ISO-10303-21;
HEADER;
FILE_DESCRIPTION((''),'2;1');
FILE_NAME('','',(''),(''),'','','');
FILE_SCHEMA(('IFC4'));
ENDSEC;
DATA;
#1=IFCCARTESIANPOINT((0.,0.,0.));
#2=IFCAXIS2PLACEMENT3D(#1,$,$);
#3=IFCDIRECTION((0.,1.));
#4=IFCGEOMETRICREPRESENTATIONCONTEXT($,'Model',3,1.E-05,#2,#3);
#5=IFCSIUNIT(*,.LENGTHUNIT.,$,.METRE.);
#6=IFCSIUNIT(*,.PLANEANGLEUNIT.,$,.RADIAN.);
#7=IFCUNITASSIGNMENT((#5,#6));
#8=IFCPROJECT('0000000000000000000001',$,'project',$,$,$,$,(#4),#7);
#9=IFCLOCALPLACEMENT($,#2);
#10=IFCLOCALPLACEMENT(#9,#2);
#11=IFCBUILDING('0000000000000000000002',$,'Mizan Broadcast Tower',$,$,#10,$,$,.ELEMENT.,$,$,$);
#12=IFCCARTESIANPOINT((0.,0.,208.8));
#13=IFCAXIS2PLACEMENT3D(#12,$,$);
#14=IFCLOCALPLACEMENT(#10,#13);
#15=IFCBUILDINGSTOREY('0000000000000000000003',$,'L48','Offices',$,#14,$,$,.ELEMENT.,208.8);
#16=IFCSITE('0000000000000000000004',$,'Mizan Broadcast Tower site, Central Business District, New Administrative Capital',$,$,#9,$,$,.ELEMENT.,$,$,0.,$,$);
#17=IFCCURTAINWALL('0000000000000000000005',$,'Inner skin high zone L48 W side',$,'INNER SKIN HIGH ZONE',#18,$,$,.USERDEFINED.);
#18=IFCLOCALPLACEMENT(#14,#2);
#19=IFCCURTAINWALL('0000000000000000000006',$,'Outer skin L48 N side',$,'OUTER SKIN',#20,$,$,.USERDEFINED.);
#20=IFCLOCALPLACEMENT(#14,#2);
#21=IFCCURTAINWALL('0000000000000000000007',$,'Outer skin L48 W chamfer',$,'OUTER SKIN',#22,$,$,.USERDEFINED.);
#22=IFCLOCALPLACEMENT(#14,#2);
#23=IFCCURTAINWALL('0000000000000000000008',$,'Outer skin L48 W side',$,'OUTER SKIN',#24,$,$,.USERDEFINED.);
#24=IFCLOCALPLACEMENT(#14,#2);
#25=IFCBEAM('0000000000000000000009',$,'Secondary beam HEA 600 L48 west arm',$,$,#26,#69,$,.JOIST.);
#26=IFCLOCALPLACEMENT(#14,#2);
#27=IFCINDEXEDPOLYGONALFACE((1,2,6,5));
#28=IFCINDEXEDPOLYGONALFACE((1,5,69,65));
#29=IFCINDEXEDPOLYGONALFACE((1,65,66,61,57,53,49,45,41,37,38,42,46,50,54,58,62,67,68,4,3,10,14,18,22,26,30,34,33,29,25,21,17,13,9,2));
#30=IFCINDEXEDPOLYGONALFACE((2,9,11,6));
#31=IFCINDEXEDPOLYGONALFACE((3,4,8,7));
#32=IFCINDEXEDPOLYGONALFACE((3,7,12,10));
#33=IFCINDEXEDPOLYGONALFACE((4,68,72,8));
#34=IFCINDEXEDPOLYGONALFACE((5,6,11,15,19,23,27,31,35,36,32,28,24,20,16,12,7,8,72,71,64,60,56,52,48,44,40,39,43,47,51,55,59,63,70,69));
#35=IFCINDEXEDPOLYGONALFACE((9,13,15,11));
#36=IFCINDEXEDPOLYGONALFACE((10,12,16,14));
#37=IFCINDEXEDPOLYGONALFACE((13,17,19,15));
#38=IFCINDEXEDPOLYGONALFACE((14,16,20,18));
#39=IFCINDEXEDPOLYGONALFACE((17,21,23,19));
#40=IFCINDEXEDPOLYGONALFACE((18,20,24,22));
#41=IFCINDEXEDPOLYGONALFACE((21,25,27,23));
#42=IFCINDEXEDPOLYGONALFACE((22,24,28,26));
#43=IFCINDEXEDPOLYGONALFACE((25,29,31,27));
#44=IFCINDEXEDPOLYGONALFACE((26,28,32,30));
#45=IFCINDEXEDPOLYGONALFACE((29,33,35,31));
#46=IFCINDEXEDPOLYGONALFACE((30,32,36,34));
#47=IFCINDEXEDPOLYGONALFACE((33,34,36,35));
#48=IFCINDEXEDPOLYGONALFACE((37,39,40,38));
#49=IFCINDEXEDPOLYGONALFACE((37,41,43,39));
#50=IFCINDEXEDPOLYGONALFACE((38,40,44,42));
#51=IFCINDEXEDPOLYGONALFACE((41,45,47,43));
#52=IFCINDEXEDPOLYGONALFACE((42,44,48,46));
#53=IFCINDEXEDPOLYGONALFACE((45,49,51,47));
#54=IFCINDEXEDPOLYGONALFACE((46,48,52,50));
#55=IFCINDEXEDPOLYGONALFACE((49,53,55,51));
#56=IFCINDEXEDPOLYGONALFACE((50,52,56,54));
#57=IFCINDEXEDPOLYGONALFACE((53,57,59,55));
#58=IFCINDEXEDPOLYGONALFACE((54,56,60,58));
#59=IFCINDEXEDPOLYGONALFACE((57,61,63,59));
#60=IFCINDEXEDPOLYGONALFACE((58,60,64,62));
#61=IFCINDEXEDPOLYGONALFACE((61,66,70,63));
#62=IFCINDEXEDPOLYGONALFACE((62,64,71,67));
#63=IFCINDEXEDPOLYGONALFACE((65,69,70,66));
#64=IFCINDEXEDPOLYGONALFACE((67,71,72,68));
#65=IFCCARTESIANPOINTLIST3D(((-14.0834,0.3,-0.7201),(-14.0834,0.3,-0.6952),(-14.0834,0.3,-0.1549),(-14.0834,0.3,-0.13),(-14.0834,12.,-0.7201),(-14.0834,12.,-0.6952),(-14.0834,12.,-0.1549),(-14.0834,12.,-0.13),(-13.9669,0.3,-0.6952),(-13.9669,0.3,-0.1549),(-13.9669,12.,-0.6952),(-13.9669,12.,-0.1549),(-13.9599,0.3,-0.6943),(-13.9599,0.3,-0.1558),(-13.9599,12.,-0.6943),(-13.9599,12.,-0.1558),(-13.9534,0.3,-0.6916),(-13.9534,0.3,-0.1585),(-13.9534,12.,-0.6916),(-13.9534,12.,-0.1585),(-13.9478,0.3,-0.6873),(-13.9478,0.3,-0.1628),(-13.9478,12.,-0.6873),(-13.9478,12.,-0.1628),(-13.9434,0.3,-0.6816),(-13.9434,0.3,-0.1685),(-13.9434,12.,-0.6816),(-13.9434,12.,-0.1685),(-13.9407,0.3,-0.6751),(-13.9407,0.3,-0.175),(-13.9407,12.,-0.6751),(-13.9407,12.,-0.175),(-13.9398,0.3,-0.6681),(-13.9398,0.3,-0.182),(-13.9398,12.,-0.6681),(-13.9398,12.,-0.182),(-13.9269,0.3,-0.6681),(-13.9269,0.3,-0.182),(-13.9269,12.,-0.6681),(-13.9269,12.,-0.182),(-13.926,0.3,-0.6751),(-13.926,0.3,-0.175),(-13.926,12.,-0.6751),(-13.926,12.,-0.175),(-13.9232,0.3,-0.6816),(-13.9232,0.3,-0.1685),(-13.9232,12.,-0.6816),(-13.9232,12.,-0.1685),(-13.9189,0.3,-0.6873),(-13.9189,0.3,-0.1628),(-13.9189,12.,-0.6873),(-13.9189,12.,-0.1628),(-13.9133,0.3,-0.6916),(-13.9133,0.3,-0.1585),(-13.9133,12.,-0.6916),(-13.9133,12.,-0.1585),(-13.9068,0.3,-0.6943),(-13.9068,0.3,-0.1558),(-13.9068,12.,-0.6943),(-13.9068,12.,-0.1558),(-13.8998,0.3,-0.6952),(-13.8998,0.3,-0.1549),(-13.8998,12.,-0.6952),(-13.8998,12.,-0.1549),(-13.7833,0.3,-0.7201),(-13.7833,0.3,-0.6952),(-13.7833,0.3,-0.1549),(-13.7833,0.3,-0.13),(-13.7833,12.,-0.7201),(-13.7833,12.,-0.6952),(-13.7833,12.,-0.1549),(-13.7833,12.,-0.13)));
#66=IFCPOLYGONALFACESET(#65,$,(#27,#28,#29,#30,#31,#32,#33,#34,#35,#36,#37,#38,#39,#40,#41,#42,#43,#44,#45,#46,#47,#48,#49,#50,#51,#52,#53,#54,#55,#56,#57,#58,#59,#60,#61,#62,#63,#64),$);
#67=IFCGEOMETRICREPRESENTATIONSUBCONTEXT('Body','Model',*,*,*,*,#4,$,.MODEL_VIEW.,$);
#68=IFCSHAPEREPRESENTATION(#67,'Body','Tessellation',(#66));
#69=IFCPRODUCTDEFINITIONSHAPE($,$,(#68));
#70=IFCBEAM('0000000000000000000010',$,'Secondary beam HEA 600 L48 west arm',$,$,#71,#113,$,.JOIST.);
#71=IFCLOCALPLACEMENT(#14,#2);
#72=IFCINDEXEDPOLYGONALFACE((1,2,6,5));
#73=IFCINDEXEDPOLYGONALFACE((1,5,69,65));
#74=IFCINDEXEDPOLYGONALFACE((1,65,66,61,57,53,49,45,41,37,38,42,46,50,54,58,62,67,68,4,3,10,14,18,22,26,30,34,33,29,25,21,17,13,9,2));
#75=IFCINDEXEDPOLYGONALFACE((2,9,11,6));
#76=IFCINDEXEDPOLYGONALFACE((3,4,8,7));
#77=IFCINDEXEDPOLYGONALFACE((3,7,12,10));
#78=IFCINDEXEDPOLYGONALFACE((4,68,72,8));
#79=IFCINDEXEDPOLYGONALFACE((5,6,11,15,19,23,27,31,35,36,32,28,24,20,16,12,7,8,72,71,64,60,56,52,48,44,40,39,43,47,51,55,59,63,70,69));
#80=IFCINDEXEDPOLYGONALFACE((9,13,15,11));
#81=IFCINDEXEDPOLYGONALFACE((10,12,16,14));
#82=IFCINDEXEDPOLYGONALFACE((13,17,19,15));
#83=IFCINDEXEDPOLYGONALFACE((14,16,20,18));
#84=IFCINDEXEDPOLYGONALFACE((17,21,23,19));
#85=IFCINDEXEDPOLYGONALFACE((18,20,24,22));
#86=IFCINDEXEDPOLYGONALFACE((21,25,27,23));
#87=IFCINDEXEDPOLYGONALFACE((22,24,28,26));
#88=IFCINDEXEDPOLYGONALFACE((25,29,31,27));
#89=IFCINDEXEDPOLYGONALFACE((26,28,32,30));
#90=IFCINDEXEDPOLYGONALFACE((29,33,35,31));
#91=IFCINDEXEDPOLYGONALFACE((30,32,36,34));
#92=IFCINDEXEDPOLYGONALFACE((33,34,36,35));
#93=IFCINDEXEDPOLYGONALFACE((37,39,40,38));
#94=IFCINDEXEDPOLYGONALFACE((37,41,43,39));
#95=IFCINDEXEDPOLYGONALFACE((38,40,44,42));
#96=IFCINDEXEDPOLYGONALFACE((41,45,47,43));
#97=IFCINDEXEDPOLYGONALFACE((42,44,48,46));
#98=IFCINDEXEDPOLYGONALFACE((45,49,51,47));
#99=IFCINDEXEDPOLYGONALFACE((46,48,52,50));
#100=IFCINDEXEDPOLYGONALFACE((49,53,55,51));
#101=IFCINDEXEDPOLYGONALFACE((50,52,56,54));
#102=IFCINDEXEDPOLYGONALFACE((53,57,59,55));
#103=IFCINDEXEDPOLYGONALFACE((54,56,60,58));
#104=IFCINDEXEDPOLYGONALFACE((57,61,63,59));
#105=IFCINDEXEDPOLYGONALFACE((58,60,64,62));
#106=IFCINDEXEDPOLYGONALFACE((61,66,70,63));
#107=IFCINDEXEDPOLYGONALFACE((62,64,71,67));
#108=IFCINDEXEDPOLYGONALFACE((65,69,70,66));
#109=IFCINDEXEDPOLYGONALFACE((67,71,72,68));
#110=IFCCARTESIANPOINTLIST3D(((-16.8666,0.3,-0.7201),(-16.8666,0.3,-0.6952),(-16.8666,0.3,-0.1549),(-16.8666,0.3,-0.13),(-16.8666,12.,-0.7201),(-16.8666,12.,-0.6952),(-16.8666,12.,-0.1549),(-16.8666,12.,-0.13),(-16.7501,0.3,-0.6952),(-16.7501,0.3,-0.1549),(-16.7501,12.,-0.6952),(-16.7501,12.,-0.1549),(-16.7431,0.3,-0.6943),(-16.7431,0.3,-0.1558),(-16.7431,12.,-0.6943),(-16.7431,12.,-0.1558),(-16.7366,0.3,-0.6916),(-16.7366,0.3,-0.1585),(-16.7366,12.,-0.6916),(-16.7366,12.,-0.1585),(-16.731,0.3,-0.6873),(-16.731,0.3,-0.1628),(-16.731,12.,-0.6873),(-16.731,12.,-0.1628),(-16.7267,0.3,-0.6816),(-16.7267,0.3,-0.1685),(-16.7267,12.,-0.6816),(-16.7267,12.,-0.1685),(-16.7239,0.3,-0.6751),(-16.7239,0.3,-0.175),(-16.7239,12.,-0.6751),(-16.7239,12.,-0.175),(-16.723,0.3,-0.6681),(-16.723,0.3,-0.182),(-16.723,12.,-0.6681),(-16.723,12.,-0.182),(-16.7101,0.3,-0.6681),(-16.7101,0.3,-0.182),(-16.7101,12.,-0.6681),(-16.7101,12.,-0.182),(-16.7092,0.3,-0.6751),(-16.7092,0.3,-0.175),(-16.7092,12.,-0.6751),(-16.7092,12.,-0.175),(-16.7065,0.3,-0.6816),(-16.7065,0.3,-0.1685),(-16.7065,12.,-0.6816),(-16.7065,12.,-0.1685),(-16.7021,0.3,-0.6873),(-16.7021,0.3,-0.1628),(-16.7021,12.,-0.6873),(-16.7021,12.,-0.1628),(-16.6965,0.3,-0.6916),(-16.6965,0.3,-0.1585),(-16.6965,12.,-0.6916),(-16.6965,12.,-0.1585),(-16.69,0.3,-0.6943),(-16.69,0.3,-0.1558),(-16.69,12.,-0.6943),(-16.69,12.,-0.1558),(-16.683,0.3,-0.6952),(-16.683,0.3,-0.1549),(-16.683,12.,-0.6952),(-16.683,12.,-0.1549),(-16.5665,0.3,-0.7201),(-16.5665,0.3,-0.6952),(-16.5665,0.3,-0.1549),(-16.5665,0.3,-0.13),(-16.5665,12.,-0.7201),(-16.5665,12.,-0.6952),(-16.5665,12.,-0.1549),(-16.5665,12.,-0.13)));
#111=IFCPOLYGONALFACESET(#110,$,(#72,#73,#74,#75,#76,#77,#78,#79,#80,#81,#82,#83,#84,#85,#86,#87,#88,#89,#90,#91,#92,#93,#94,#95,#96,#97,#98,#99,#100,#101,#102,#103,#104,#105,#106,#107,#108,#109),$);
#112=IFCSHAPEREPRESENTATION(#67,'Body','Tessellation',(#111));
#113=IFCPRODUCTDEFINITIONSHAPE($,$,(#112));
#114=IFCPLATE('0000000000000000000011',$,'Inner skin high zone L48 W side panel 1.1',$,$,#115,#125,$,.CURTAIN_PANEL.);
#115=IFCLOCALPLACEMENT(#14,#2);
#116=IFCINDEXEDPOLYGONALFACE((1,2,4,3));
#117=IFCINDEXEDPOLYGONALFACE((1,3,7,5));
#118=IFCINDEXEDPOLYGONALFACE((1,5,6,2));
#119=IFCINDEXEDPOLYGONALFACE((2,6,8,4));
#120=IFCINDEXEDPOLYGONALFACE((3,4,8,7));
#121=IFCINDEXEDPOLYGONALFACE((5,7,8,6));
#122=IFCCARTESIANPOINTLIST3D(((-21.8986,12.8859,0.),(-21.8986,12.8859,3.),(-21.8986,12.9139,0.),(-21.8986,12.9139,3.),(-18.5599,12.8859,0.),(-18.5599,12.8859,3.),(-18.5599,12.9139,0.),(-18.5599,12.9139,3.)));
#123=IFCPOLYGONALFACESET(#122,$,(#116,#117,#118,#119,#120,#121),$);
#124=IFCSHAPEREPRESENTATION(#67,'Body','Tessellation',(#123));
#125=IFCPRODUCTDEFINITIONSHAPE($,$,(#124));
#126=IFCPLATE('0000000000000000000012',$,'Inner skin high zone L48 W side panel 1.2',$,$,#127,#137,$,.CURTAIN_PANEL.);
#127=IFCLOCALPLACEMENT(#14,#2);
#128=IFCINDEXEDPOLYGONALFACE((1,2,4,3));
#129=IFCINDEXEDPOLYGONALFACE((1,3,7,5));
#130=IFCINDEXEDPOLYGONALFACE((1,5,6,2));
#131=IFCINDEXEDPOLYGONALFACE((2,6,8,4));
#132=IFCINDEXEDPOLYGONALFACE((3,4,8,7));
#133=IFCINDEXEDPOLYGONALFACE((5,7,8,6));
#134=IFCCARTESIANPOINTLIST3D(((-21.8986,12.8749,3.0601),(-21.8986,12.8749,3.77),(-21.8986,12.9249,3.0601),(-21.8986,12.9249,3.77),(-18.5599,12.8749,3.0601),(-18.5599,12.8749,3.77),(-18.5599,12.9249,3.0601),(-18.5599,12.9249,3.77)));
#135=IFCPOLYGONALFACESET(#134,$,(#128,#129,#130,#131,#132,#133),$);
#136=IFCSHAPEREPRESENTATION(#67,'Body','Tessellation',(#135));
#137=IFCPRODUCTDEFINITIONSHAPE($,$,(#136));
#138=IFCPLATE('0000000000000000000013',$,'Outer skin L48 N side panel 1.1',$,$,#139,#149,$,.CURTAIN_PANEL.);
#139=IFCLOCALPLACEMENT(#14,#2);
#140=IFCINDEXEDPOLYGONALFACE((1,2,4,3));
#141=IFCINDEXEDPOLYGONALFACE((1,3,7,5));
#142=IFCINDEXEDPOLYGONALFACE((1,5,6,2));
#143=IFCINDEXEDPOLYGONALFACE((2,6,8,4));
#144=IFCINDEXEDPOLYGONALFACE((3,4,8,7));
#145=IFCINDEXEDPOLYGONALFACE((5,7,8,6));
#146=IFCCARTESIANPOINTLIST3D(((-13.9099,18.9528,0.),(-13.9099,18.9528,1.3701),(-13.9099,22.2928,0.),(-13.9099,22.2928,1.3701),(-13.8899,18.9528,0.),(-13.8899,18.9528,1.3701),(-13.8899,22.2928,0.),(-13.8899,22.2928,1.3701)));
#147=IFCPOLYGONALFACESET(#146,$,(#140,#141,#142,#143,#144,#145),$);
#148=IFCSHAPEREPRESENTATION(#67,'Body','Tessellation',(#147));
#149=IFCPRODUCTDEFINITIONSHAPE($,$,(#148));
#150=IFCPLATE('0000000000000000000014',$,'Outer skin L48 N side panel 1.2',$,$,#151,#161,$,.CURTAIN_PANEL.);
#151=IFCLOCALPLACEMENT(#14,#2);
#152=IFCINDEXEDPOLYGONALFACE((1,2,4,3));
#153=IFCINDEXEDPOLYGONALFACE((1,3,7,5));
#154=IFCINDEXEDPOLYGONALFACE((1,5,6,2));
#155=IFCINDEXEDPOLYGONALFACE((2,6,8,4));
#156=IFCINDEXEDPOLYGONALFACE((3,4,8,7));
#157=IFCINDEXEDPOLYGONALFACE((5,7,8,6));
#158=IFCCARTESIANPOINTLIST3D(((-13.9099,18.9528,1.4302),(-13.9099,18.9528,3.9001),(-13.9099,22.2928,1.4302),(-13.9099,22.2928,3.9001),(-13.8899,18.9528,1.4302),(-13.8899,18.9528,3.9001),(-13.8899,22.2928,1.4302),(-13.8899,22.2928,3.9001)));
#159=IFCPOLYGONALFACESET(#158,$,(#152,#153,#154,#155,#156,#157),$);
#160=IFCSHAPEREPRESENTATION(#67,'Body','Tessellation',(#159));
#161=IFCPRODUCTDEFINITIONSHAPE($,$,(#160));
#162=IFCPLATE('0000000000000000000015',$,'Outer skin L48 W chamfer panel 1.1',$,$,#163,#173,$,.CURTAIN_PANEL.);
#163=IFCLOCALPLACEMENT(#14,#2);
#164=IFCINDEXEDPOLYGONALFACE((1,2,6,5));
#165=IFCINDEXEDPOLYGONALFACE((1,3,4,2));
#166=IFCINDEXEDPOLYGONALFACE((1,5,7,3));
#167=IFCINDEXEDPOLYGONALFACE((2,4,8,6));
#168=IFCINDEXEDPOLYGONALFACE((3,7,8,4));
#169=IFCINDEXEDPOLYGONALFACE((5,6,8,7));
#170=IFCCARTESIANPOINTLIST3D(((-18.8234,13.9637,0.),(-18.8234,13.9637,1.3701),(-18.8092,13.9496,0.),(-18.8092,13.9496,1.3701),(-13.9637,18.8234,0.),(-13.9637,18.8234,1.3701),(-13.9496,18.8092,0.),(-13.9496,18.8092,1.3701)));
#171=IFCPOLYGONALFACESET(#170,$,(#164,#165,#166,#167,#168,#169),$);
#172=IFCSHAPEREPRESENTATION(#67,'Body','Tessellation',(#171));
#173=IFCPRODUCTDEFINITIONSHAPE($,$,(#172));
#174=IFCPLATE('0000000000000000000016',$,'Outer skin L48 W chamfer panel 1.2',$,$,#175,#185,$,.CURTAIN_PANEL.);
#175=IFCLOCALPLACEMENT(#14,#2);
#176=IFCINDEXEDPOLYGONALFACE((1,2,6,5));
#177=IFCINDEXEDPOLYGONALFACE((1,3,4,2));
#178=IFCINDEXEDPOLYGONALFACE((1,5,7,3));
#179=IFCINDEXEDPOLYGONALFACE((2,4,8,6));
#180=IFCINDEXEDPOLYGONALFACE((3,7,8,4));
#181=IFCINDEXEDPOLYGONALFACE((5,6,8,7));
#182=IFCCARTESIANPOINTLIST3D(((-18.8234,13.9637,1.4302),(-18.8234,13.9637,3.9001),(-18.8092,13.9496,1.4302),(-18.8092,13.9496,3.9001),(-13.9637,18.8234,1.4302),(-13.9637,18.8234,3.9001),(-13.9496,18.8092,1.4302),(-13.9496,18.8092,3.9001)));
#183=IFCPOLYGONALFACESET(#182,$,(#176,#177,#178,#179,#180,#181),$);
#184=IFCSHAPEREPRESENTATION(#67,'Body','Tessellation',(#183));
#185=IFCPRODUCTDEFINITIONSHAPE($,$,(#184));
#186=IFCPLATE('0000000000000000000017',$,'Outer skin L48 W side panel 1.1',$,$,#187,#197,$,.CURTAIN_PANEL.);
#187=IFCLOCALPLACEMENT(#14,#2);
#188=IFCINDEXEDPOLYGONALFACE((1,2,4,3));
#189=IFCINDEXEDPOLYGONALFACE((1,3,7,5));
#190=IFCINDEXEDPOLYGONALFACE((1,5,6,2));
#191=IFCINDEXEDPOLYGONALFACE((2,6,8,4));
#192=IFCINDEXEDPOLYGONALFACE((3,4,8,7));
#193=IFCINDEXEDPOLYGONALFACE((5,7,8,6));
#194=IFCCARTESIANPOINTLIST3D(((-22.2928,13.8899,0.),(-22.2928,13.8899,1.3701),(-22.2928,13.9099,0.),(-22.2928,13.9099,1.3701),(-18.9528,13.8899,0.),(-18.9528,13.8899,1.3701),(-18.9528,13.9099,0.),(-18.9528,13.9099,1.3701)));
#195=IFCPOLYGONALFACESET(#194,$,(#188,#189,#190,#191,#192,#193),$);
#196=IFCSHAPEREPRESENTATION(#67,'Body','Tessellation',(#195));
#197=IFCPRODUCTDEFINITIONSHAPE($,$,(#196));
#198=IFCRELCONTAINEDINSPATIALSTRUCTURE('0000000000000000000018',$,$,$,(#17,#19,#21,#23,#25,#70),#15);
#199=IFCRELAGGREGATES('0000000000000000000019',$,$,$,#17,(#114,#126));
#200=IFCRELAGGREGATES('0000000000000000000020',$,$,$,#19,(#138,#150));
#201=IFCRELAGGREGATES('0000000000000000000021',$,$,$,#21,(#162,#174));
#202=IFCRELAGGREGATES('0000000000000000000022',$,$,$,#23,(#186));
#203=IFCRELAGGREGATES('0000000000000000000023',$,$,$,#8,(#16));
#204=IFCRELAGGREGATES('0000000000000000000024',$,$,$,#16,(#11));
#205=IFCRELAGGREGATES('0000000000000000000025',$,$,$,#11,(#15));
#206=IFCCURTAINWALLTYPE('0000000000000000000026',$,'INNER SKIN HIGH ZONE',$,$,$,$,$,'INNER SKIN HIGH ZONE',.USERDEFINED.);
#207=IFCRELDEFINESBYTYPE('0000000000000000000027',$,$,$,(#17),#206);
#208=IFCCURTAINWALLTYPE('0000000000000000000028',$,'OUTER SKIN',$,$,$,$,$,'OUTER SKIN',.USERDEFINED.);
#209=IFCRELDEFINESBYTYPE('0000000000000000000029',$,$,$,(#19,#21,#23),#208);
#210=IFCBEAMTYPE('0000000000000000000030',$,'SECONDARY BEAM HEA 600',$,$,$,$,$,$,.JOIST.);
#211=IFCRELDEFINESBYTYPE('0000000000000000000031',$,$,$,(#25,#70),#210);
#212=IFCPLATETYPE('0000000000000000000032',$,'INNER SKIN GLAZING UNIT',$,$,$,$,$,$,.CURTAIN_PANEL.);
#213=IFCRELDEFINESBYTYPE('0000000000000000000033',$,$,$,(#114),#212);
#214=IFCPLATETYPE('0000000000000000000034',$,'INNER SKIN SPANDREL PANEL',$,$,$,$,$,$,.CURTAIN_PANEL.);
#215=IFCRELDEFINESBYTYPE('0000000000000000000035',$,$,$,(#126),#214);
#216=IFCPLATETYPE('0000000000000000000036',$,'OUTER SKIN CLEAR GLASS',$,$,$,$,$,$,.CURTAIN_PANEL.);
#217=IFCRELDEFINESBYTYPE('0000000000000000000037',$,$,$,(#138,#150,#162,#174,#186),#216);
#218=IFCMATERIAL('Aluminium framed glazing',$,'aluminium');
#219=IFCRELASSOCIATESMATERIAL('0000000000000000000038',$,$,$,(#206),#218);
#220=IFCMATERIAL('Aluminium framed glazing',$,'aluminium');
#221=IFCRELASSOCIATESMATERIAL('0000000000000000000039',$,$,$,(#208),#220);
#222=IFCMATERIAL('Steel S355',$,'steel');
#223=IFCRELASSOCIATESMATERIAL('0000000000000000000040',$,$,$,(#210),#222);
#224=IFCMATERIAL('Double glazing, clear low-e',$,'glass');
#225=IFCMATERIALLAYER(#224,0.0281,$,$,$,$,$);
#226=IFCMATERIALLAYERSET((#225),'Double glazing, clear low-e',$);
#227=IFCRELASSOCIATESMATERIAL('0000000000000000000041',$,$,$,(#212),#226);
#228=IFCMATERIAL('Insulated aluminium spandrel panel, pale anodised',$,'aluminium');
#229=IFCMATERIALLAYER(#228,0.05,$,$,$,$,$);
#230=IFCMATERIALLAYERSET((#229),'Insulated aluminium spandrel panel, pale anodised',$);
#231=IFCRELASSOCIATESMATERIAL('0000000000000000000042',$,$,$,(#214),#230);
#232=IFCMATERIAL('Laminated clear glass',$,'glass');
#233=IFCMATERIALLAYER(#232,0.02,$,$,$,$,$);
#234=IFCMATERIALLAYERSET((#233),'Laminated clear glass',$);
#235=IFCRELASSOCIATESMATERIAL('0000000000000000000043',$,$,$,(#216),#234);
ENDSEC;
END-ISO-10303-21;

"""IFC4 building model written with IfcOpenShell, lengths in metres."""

from ifc_helpers import new_model, si_unit, direction, frame, origin, origin_2d, place, context, subcontext, project, spatial, rectangle, i_section, extrude, material, layer, layer_set, material_profile, profile_set, type_object, element, aggregate, save


model = new_model("IFC4")

# Units and contexts
model_context = context("Model", 3, precision=1e-05, world=origin(), true_north=direction((0.0, 1.0)))
body_context = subcontext(model_context, "Body", "Model", "MODEL_VIEW")
ifc_project = project(units=[si_unit("LENGTHUNIT", "METRE"), si_unit("PLANEANGLEUNIT", "RADIAN")], contexts=[model_context])

# Site, building, storey
site_placement = place(None, origin())
site = spatial("IfcSite", under=ifc_project, at=site_placement, Name="Mizan Broadcast Tower site, Central Business District, New Administrative Capital", CompositionType="ELEMENT", RefElevation=0.0)
building_placement = place(site_placement, origin())
building = spatial("IfcBuilding", under=site, at=building_placement, Name="Mizan Broadcast Tower", CompositionType="ELEMENT")
storey_placement = place(building_placement, frame((0.0, 0.0, 208.8)))
storey = spatial("IfcBuildingStorey", under=building, at=storey_placement, Name="L48", Description="Offices", CompositionType="ELEMENT", Elevation=208.8)

# Shared definitions
ifc_material_1 = material(Name="Aluminium framed glazing", Category="aluminium")
curtain_wall_type_1 = type_object("IfcCurtainWallType", Name="INNER SKIN HIGH ZONE", ElementType="INNER SKIN HIGH ZONE", PredefinedType="USERDEFINED", material=ifc_material_1)

# Curtain wall
curtain_wall_1_placement = place(storey_placement, origin())
curtain_wall_1 = element("IfcCurtainWall", 1, at=curtain_wall_1_placement, inside=storey, type_object=curtain_wall_type_1, Name="Inner skin high zone L48 W side", ObjectType="INNER SKIN HIGH ZONE", PredefinedType="USERDEFINED")

# Curtain walls
ifc_material_2 = material(Name="Aluminium framed glazing", Category="aluminium")
curtain_wall_type_2 = type_object("IfcCurtainWallType", Name="OUTER SKIN", ElementType="OUTER SKIN", PredefinedType="USERDEFINED", material=ifc_material_2)
curtain_wall_2_placement = place(storey_placement, origin())
curtain_wall_2 = element("IfcCurtainWall", 2, at=curtain_wall_2_placement, inside=storey, type_object=curtain_wall_type_2, Name="Outer skin L48 N side", ObjectType="OUTER SKIN", PredefinedType="USERDEFINED")
curtain_wall_3_placement = place(storey_placement, origin())
curtain_wall_3 = element("IfcCurtainWall", 3, at=curtain_wall_3_placement, inside=storey, type_object=curtain_wall_type_2, Name="Outer skin L48 W chamfer", ObjectType="OUTER SKIN", PredefinedType="USERDEFINED")
curtain_wall_4_placement = place(storey_placement, origin())
curtain_wall_4 = element("IfcCurtainWall", 4, at=curtain_wall_4_placement, inside=storey, type_object=curtain_wall_type_2, Name="Outer skin L48 W side", ObjectType="OUTER SKIN", PredefinedType="USERDEFINED")

# Beams
ifc_material_3 = material(Name="Steel S355", Category="steel")
ifc_material_profile_1 = material_profile(ifc_material_3, i_section(OverallWidth=0.3, OverallDepth=0.5901, WebThickness=0.0129, FlangeThickness=0.0249, FilletRadius=0.0271, at=origin_2d()), Name="HEA 600")
ifc_profile_set_1 = profile_set([ifc_material_profile_1], Name="Steel S355")
beam_type = type_object("IfcBeamType", Name="SECONDARY BEAM HEA 600", PredefinedType="JOIST", material=ifc_profile_set_1)
for number, where, z_axis, x_axis, name in (
    (5, (-13.9333, 12.0, -0.425), (0.0, -1.0, 0.0), (1.0, 0.0, 0.0), "Secondary beam HEA 600 L48 west arm"),
    (6, (-16.7166, 12.0, -0.425), (0.0, -1.0, 0.0), (1.0, 0.0, 0.0), "Secondary beam HEA 600 L48 west arm"),
):
    element("IfcBeam", number, at=place(storey_placement, frame(where, z_axis=z_axis, x_axis=x_axis)), inside=storey, type_object=beam_type, Name=name, PredefinedType="JOIST", context=body_context, shape_type="SweptSolid", body=[
        extrude(i_section(OverallWidth=0.3, OverallDepth=0.5901, WebThickness=0.0129, FlangeThickness=0.0249, FilletRadius=0.0271, at=origin_2d()), origin(), (0.0, 0.0, 1.0), 11.7),
    ])

# Plates
ifc_material_4 = material(Name="Double glazing, clear low-e", Category="glass")
ifc_layer_1 = layer(ifc_material_4, 0.0281)
ifc_layer_set_1 = layer_set([ifc_layer_1], Name="Double glazing, clear low-e")
plate_type_1 = type_object("IfcPlateType", Name="INNER SKIN GLAZING UNIT", PredefinedType="CURTAIN_PANEL", material=ifc_layer_set_1)
plate_1_placement = place(storey_placement, frame((-20.2292, 12.8999, 0.0), z_axis=(0.0, 0.0, 1.0), x_axis=(-1.0, 0.0, 0.0)))
plate_1 = element("IfcPlate", 7, at=plate_1_placement, type_object=plate_type_1, Name="Inner skin high zone L48 W side panel 1.1", PredefinedType="CURTAIN_PANEL", context=body_context, shape_type="SweptSolid", body=[
    extrude(rectangle(XDim=3.3386, YDim=0.0281, at=origin_2d()), origin(), (0.0, 0.0, 1.0), 3.0),
])
ifc_material_5 = material(Name="Insulated aluminium spandrel panel, pale anodised", Category="aluminium")
ifc_layer_2 = layer(ifc_material_5, 0.05)
ifc_layer_set_2 = layer_set([ifc_layer_2], Name="Insulated aluminium spandrel panel, pale anodised")
plate_type_2 = type_object("IfcPlateType", Name="INNER SKIN SPANDREL PANEL", PredefinedType="CURTAIN_PANEL", material=ifc_layer_set_2)
plate_2_placement = place(storey_placement, frame((-20.2292, 12.8999, 3.0601), z_axis=(0.0, 0.0, 1.0), x_axis=(-1.0, 0.0, 0.0)))
plate_2 = element("IfcPlate", 8, at=plate_2_placement, type_object=plate_type_2, Name="Inner skin high zone L48 W side panel 1.2", PredefinedType="CURTAIN_PANEL", context=body_context, shape_type="SweptSolid", body=[
    extrude(rectangle(XDim=3.3386, YDim=0.05, at=origin_2d()), origin(), (0.0, 0.0, 1.0), 0.71),
])
aggregate(curtain_wall_1, [plate_1, plate_2])
ifc_material_6 = material(Name="Laminated clear glass", Category="glass")
ifc_layer_3 = layer(ifc_material_6, 0.02)
ifc_layer_set_3 = layer_set([ifc_layer_3], Name="Laminated clear glass")
plate_type_3 = type_object("IfcPlateType", Name="OUTER SKIN CLEAR GLASS", PredefinedType="CURTAIN_PANEL", material=ifc_layer_set_3)
plate_3_placement = place(storey_placement, frame((-13.8999, 20.6228, 0.0), z_axis=(0.0, 0.0, 1.0), x_axis=(0.0, -1.0, 0.0)))
plate_3 = element("IfcPlate", 9, at=plate_3_placement, type_object=plate_type_3, Name="Outer skin L48 N side panel 1.1", PredefinedType="CURTAIN_PANEL", context=body_context, shape_type="SweptSolid", body=[
    extrude(rectangle(XDim=3.3401, YDim=0.02, at=origin_2d()), origin(), (0.0, 0.0, 1.0), 1.3701),
])
plate_4_placement = place(storey_placement, frame((-13.8999, 20.6228, 1.4302), z_axis=(0.0, 0.0, 1.0), x_axis=(0.0, -1.0, 0.0)))
plate_4 = element("IfcPlate", 10, at=plate_4_placement, type_object=plate_type_3, Name="Outer skin L48 N side panel 1.2", PredefinedType="CURTAIN_PANEL", context=body_context, shape_type="SweptSolid", body=[
    extrude(rectangle(XDim=3.3401, YDim=0.02, at=origin_2d()), origin(), (0.0, 0.0, 1.0), 2.47),
])
aggregate(curtain_wall_2, [plate_3, plate_4])
plate_5_placement = place(storey_placement, frame((-16.3865, 16.3865, 0.0), z_axis=(0.0, 0.0, 1.0), x_axis=(-0.707107, -0.707107, 0.0)))
plate_5 = element("IfcPlate", 11, at=plate_5_placement, type_object=plate_type_3, Name="Outer skin L48 W chamfer panel 1.1", PredefinedType="CURTAIN_PANEL", context=body_context, shape_type="SweptSolid", body=[
    extrude(rectangle(XDim=6.8726, YDim=0.02, at=origin_2d()), origin(), (0.0, 0.0, 1.0), 1.3701),
])
plate_6_placement = place(storey_placement, frame((-16.3865, 16.3865, 1.4302), z_axis=(0.0, 0.0, 1.0), x_axis=(-0.707107, -0.707107, 0.0)))
plate_6 = element("IfcPlate", 12, at=plate_6_placement, type_object=plate_type_3, Name="Outer skin L48 W chamfer panel 1.2", PredefinedType="CURTAIN_PANEL", context=body_context, shape_type="SweptSolid", body=[
    extrude(rectangle(XDim=6.8726, YDim=0.02, at=origin_2d()), origin(), (0.0, 0.0, 1.0), 2.47),
])
aggregate(curtain_wall_3, [plate_5, plate_6])
plate_7_placement = place(storey_placement, frame((-20.6228, 13.8999, 0.0), z_axis=(0.0, 0.0, 1.0), x_axis=(-1.0, 0.0, 0.0)))
plate_7 = element("IfcPlate", 13, at=plate_7_placement, type_object=plate_type_3, Name="Outer skin L48 W side panel 1.1", PredefinedType="CURTAIN_PANEL", context=body_context, shape_type="SweptSolid", body=[
    extrude(rectangle(XDim=3.3401, YDim=0.02, at=origin_2d()), origin(), (0.0, 0.0, 1.0), 1.3701),
])
aggregate(curtain_wall_4, [plate_7])

save(model, "model.ifc")
